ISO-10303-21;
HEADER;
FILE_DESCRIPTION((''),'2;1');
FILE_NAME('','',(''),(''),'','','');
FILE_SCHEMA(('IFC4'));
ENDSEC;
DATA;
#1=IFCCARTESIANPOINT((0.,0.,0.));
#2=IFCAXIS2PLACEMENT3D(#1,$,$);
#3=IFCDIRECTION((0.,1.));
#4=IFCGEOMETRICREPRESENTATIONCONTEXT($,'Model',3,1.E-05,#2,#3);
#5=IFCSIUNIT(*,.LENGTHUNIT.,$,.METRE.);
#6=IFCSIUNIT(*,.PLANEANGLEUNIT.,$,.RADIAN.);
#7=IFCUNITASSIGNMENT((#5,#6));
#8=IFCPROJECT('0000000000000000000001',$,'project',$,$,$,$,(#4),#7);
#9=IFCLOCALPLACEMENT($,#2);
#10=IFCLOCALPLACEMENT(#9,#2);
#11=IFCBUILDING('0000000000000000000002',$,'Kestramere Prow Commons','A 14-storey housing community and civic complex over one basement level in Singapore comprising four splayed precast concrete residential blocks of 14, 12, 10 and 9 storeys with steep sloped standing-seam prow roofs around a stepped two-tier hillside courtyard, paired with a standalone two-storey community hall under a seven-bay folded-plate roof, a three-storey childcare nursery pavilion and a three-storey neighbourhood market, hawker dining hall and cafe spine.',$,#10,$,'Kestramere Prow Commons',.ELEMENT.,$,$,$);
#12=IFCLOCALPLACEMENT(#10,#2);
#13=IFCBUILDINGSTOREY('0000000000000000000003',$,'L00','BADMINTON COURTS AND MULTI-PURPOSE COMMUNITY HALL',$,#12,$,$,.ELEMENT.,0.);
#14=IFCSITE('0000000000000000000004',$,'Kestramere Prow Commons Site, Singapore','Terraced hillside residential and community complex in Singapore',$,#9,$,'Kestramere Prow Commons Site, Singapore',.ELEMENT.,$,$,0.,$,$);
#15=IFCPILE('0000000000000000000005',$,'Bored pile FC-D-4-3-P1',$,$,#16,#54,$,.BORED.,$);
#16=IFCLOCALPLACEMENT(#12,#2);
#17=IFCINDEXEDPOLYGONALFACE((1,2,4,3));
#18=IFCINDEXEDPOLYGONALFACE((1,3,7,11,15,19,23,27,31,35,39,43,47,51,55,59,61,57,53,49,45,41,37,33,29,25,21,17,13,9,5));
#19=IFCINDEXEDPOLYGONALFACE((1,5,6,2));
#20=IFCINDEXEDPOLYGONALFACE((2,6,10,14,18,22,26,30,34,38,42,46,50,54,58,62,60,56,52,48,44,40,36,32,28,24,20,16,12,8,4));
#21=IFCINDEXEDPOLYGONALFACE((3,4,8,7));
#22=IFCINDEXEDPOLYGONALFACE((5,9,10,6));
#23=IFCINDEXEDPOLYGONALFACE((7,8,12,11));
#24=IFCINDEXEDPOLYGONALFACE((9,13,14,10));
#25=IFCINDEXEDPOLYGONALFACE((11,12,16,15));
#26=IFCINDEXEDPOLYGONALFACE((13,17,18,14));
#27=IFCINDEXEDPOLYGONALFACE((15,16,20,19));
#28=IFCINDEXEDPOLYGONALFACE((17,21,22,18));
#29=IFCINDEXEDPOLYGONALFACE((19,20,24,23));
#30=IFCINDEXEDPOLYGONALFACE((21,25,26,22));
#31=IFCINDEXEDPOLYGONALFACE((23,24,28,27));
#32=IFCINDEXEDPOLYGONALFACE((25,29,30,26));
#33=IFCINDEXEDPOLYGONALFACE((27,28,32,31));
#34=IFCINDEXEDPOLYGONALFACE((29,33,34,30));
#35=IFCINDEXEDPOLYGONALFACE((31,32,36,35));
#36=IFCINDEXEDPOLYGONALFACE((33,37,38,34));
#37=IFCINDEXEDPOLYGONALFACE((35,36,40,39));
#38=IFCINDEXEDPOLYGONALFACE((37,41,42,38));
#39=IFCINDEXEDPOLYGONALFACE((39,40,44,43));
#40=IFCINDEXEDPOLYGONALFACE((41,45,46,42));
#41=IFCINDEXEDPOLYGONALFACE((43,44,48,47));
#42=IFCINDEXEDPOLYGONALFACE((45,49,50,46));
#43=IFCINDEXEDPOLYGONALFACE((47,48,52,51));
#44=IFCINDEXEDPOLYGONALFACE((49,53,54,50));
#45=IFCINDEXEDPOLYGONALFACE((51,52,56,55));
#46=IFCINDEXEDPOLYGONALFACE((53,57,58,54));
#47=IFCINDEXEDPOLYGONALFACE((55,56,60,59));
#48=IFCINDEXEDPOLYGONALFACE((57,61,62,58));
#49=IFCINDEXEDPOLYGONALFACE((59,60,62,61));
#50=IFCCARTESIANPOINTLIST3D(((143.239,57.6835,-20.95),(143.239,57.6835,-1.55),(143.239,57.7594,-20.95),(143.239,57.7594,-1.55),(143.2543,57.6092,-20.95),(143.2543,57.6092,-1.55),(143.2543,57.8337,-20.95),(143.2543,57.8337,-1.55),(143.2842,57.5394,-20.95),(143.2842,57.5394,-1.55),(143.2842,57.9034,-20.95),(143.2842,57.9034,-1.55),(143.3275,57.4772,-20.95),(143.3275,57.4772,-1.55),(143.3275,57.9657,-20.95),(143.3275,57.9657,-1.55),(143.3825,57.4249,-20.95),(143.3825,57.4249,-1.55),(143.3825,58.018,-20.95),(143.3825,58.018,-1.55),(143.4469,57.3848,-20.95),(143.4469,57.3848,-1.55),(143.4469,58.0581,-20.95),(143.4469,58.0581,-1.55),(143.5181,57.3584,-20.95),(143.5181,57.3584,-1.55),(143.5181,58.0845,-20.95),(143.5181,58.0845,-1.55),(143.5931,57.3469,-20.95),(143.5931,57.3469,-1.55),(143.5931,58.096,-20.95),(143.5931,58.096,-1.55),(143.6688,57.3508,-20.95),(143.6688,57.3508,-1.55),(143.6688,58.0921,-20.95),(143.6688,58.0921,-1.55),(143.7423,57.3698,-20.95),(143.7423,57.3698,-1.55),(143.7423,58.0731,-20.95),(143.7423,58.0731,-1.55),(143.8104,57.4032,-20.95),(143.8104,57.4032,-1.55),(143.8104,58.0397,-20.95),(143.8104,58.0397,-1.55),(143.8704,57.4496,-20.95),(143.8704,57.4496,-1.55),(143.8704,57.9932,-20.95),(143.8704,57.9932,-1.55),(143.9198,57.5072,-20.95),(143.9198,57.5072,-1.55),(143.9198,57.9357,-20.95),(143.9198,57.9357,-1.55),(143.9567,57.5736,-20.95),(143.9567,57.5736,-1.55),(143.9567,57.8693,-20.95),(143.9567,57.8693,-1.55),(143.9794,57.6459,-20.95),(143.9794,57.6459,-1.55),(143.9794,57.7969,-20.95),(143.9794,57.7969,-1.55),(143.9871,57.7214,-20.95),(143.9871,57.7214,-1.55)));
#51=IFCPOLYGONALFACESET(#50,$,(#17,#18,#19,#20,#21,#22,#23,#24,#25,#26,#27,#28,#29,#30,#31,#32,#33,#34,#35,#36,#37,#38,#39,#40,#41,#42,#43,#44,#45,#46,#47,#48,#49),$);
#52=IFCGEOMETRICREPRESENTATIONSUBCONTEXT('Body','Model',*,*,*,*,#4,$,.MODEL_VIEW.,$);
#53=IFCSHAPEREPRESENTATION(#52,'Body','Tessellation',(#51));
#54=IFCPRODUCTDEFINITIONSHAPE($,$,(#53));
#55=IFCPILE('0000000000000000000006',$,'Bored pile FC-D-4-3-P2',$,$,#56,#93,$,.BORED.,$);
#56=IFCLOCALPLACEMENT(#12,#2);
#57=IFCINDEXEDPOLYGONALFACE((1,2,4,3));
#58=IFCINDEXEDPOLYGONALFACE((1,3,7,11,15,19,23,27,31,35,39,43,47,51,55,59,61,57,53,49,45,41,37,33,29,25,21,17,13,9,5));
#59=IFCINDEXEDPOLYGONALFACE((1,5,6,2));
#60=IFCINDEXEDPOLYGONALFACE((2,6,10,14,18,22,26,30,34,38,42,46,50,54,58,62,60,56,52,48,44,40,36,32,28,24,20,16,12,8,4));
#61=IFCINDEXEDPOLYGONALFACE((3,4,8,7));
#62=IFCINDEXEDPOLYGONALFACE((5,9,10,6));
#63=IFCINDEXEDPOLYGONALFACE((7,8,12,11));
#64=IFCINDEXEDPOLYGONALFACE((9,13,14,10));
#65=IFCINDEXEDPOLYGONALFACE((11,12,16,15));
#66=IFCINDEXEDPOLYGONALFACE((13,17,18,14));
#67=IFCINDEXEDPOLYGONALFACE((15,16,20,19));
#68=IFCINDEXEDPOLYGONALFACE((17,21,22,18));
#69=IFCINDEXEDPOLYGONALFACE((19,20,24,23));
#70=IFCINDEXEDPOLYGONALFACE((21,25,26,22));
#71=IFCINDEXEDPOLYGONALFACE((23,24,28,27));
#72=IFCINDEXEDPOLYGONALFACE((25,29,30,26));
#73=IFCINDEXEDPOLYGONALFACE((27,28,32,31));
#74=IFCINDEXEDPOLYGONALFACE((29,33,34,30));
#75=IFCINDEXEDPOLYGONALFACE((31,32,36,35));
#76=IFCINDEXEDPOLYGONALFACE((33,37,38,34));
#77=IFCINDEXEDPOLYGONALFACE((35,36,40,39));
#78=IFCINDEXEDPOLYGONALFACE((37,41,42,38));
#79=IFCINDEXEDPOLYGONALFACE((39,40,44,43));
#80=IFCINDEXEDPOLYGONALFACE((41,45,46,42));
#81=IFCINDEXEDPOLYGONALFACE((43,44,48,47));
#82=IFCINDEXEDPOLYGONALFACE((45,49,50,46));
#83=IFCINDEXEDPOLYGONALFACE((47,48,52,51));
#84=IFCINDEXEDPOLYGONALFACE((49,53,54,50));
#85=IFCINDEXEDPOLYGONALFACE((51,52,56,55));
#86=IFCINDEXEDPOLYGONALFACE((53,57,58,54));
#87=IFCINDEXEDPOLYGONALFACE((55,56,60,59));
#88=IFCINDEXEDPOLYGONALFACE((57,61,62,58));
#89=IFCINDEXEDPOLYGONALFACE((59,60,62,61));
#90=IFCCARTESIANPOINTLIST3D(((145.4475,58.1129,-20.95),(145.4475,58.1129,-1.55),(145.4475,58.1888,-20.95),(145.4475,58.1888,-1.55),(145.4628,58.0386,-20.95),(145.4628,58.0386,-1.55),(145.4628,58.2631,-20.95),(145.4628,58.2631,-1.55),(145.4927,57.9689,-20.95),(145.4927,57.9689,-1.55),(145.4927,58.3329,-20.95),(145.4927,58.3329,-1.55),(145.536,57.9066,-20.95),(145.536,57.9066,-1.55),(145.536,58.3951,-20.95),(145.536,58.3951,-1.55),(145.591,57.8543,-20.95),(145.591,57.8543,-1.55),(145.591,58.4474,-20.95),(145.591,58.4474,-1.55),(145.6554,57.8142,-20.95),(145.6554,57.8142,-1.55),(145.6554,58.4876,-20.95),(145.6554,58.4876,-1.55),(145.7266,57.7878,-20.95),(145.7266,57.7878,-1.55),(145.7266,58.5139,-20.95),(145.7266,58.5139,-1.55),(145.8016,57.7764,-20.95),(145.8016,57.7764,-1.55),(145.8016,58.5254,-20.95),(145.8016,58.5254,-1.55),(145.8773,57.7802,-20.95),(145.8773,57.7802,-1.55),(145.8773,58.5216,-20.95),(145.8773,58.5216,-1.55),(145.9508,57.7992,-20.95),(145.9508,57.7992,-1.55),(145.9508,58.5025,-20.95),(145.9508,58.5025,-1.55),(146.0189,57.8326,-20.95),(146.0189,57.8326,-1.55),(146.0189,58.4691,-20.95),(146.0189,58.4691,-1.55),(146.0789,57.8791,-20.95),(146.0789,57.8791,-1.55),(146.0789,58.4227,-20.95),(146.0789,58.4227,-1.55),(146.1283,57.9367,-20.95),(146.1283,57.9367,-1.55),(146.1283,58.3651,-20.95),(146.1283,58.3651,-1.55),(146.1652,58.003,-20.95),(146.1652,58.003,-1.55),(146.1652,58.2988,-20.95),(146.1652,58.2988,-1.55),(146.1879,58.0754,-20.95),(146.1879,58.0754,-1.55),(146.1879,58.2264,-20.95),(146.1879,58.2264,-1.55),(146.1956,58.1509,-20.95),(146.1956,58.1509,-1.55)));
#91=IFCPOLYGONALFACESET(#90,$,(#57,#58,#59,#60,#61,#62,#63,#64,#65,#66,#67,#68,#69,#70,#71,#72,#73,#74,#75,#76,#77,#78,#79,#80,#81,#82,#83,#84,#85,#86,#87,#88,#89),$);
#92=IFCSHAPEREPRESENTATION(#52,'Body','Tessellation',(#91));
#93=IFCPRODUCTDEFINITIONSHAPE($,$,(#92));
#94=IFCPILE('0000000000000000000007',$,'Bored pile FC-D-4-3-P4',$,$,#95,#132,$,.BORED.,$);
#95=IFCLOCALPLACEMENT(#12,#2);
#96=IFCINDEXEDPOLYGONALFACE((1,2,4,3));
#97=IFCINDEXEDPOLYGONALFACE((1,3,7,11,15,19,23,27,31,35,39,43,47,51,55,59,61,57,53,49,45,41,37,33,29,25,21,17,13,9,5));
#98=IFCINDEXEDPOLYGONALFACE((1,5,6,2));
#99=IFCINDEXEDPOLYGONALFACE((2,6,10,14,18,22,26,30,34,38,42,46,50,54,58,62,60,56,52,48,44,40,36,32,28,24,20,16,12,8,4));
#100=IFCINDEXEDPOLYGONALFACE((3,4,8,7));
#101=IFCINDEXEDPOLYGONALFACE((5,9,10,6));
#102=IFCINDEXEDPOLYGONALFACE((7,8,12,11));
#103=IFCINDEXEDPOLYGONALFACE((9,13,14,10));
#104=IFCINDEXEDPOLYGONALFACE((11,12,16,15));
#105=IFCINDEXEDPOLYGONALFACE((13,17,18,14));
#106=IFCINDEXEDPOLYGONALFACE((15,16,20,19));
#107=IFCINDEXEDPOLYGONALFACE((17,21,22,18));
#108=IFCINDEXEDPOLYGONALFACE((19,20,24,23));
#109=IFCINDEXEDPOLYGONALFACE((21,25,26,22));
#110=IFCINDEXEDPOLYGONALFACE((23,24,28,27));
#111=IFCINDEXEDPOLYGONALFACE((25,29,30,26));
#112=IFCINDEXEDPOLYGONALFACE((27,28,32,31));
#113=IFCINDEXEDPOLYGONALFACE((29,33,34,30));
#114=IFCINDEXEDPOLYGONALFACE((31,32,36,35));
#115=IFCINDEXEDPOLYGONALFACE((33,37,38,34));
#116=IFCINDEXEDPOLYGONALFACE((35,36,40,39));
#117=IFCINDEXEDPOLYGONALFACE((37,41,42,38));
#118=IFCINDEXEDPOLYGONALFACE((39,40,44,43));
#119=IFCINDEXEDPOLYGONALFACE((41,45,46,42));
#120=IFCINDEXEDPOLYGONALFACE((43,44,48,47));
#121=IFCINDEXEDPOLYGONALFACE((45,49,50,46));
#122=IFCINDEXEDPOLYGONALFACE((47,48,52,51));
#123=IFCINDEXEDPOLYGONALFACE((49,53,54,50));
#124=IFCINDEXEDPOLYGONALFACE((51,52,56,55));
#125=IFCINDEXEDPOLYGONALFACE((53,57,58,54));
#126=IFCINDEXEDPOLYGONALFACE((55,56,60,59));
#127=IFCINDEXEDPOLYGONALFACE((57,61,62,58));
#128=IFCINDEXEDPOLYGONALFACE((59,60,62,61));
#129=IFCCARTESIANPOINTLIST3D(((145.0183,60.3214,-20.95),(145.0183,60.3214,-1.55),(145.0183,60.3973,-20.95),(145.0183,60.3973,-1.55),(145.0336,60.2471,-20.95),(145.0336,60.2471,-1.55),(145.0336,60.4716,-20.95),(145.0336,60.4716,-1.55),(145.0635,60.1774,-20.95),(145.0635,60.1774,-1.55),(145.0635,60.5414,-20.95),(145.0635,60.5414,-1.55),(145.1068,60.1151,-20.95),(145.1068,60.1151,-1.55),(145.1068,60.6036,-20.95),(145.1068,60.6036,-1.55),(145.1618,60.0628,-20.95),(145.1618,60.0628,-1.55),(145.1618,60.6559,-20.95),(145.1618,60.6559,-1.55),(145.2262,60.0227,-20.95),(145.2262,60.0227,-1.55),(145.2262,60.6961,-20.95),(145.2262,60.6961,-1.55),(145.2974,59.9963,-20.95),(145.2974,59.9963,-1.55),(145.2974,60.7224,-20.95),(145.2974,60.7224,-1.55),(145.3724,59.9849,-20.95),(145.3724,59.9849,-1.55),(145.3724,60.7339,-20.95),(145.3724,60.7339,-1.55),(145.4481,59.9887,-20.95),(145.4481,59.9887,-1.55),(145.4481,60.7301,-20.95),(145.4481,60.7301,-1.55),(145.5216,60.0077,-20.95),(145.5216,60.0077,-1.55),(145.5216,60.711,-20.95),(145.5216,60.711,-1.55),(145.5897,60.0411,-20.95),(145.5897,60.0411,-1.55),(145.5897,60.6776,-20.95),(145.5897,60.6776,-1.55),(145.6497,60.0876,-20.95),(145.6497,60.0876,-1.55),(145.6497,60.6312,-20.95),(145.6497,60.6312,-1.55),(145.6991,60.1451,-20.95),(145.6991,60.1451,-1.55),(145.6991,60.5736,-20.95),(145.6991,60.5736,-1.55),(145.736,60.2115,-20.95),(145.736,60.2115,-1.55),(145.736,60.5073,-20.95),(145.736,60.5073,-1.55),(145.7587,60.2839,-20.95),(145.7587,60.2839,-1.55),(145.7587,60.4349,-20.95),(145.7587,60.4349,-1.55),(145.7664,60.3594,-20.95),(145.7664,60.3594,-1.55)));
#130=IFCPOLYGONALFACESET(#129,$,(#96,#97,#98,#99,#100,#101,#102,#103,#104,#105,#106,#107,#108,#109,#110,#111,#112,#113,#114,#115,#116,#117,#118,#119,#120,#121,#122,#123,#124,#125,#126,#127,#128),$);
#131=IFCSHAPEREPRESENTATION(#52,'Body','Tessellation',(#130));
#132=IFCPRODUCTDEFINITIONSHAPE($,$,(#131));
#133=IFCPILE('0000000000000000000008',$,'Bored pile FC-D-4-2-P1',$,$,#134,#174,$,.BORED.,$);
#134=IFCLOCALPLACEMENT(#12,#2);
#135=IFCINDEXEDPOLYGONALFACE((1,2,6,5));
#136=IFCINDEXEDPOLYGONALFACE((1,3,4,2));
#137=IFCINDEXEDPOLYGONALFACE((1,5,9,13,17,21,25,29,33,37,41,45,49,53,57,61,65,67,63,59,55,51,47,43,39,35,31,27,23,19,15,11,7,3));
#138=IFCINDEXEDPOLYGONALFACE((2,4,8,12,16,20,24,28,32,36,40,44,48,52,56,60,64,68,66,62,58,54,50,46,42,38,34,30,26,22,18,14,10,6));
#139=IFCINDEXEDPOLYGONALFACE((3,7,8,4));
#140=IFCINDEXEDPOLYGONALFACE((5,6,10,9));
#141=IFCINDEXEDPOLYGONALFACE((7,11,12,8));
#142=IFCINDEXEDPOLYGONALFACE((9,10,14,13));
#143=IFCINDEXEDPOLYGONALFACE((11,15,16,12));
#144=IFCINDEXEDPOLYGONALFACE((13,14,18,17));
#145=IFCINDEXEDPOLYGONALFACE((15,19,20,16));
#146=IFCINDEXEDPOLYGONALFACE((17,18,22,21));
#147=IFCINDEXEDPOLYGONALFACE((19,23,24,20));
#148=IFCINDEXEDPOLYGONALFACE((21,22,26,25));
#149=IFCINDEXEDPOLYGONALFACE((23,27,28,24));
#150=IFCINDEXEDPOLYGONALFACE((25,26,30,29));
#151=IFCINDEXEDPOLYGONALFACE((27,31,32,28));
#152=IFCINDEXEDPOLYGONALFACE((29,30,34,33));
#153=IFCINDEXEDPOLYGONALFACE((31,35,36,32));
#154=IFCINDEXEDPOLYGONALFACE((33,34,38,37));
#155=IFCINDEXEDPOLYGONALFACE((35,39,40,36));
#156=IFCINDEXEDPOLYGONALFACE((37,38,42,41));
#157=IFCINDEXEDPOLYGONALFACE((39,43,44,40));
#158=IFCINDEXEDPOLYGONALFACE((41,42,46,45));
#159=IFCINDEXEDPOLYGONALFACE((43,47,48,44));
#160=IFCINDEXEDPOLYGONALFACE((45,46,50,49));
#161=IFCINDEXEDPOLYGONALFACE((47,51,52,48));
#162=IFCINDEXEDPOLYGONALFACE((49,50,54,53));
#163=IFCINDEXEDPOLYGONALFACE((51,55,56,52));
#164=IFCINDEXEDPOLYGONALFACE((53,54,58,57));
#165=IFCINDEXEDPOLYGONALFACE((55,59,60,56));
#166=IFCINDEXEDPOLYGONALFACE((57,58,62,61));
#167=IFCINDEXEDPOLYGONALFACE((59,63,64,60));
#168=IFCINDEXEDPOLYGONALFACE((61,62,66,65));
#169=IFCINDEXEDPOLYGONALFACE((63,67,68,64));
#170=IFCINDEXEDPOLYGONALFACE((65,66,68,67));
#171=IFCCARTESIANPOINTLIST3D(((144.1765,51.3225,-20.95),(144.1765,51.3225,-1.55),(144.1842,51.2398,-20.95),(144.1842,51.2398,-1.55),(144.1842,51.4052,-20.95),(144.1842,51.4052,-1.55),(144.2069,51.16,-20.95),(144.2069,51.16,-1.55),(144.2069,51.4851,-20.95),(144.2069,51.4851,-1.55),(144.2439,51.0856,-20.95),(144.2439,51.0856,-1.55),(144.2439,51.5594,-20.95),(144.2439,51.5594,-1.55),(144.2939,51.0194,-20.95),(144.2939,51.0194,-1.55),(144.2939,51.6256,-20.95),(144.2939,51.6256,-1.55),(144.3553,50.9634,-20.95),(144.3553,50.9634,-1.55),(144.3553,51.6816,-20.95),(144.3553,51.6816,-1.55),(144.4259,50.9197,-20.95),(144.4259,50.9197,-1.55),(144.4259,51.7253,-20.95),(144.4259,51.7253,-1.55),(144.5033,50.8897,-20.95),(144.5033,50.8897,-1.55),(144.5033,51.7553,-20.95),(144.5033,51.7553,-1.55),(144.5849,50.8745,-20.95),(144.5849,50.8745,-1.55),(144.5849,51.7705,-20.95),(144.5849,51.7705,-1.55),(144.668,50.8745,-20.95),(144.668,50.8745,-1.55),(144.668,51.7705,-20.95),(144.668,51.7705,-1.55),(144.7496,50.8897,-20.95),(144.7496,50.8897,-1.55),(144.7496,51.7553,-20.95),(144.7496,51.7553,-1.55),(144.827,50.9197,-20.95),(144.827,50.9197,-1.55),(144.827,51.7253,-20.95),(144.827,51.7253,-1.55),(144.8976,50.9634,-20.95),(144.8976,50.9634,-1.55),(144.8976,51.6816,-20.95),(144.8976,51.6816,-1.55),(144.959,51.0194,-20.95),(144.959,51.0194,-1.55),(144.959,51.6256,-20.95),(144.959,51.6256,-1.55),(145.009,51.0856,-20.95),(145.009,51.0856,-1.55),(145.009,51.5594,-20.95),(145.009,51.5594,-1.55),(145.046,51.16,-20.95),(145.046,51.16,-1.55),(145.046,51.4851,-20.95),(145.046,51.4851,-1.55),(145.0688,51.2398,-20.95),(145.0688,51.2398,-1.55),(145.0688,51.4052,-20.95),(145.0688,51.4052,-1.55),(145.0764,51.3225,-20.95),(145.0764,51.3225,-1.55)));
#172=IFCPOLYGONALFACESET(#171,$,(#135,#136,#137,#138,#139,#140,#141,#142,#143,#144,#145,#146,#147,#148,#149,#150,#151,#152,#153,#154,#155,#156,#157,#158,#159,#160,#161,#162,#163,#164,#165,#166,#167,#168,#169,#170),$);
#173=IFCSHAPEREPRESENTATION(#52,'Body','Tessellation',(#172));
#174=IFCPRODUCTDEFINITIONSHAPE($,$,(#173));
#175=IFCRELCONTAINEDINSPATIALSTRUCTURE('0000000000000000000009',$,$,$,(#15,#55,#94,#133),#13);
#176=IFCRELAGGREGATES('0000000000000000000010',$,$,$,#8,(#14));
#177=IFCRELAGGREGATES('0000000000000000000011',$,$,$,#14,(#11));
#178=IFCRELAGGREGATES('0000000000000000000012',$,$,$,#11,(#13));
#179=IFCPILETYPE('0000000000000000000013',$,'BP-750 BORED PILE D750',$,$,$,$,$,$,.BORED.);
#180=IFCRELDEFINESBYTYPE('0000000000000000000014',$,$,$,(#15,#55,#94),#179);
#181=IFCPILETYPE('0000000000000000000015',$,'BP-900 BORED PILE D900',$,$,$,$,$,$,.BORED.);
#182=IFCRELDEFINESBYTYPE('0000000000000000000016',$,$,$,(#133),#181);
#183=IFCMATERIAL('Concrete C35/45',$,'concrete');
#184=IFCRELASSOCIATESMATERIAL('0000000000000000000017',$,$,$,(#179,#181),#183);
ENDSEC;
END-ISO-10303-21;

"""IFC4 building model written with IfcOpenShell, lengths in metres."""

from ifc_helpers import new_model, si_unit, direction, frame, origin, origin_2d, place, context, subcontext, project, spatial, circle, extrude, material, material_profile, profile_set, type_object, element, save


model = new_model("IFC4")

# Units and contexts
model_context = context("Model", 3, precision=1e-05, world=origin(), true_north=direction((0.0, 1.0)))
body_context = subcontext(model_context, "Body", "Model", "MODEL_VIEW")
ifc_project = project(units=[si_unit("LENGTHUNIT", "METRE"), si_unit("PLANEANGLEUNIT", "RADIAN")], contexts=[model_context])

# Site, building, storey
site_placement = place(None, origin())
site = spatial("IfcSite", under=ifc_project, at=site_placement, Name="Kestramere Prow Commons Site, Singapore", Description="Terraced hillside residential and community complex in Singapore", LongName="Kestramere Prow Commons Site, Singapore", CompositionType="ELEMENT", RefElevation=0.0)
building_placement = place(site_placement, origin())
building = spatial("IfcBuilding", under=site, at=building_placement, Name="Kestramere Prow Commons", Description="A 14-storey housing community and civic complex over one basement level in Singapore comprising four splayed precast concrete residential blocks of 14, 12, 10 and 9 storeys with steep sloped standing-seam prow roofs around a stepped two-tier hillside courtyard, paired with a standalone two-storey community hall under a seven-bay folded-plate roof, a three-storey childcare nursery pavilion and a three-storey neighbourhood market, hawker dining hall and cafe spine.", LongName="Kestramere Prow Commons", CompositionType="ELEMENT")
storey_placement = place(building_placement, origin())
storey = spatial("IfcBuildingStorey", under=building, at=storey_placement, Name="L00", Description="BADMINTON COURTS AND MULTI-PURPOSE COMMUNITY HALL", CompositionType="ELEMENT", Elevation=0.0)

# Piles
ifc_material_1 = material(Name="Concrete C35/45", Category="concrete")
ifc_material_profile_1 = material_profile(ifc_material_1, circle(Radius=0.375, at=origin_2d()), Name="BORED PILE D750")
ifc_profile_set_1 = profile_set([ifc_material_profile_1], Name="Concrete C35/45")
pile_type_1 = type_object("IfcPileType", Name="BP-750 BORED PILE D750", PredefinedType="BORED", material=ifc_profile_set_1)
for number, where, z_axis, x_axis, name in (
    (1, (143.6121, 57.7214, -1.55), (0.0, 0.0, -1.0), (1.0, 0.0, 0.0), "Bored pile FC-D-4-3-P1"),
    (2, (145.8206, 58.1509, -1.55), (0.0, 0.0, -1.0), (1.0, 0.0, 0.0), "Bored pile FC-D-4-3-P2"),
    (3, (145.3914, 60.3594, -1.55), (0.0, 0.0, -1.0), (1.0, 0.0, 0.0), "Bored pile FC-D-4-3-P4"),
):
    element("IfcPile", number, at=place(storey_placement, frame(where, z_axis=z_axis, x_axis=x_axis)), inside=storey, type_object=pile_type_1, Name=name, PredefinedType="BORED", context=body_context, shape_type="SweptSolid", body=[
        extrude(circle(Radius=0.375, at=origin_2d()), origin(), (0.0, 0.0, 1.0), 19.3999),
    ])
ifc_material_profile_2 = material_profile(ifc_material_1, circle(Radius=0.45, at=origin_2d()), Name="BORED PILE D900")
ifc_profile_set_2 = profile_set([ifc_material_profile_2], Name="Concrete C35/45")
pile_type_2 = type_object("IfcPileType", Name="BP-900 BORED PILE D900", PredefinedType="BORED", material=ifc_profile_set_2)
for number, where, z_axis, x_axis, name in (
    (4, (144.6265, 51.3225, -1.55), (0.0, 0.0, -1.0), (1.0, 0.0, 0.0), "Bored pile FC-D-4-2-P1"),
):
    element("IfcPile", number, at=place(storey_placement, frame(where, z_axis=z_axis, x_axis=x_axis)), inside=storey, type_object=pile_type_2, Name=name, PredefinedType="BORED", context=body_context, shape_type="SweptSolid", body=[
        extrude(circle(Radius=0.45, at=origin_2d()), origin(), (0.0, 0.0, 1.0), 19.3999),
    ])

save(model, "model.ifc")
